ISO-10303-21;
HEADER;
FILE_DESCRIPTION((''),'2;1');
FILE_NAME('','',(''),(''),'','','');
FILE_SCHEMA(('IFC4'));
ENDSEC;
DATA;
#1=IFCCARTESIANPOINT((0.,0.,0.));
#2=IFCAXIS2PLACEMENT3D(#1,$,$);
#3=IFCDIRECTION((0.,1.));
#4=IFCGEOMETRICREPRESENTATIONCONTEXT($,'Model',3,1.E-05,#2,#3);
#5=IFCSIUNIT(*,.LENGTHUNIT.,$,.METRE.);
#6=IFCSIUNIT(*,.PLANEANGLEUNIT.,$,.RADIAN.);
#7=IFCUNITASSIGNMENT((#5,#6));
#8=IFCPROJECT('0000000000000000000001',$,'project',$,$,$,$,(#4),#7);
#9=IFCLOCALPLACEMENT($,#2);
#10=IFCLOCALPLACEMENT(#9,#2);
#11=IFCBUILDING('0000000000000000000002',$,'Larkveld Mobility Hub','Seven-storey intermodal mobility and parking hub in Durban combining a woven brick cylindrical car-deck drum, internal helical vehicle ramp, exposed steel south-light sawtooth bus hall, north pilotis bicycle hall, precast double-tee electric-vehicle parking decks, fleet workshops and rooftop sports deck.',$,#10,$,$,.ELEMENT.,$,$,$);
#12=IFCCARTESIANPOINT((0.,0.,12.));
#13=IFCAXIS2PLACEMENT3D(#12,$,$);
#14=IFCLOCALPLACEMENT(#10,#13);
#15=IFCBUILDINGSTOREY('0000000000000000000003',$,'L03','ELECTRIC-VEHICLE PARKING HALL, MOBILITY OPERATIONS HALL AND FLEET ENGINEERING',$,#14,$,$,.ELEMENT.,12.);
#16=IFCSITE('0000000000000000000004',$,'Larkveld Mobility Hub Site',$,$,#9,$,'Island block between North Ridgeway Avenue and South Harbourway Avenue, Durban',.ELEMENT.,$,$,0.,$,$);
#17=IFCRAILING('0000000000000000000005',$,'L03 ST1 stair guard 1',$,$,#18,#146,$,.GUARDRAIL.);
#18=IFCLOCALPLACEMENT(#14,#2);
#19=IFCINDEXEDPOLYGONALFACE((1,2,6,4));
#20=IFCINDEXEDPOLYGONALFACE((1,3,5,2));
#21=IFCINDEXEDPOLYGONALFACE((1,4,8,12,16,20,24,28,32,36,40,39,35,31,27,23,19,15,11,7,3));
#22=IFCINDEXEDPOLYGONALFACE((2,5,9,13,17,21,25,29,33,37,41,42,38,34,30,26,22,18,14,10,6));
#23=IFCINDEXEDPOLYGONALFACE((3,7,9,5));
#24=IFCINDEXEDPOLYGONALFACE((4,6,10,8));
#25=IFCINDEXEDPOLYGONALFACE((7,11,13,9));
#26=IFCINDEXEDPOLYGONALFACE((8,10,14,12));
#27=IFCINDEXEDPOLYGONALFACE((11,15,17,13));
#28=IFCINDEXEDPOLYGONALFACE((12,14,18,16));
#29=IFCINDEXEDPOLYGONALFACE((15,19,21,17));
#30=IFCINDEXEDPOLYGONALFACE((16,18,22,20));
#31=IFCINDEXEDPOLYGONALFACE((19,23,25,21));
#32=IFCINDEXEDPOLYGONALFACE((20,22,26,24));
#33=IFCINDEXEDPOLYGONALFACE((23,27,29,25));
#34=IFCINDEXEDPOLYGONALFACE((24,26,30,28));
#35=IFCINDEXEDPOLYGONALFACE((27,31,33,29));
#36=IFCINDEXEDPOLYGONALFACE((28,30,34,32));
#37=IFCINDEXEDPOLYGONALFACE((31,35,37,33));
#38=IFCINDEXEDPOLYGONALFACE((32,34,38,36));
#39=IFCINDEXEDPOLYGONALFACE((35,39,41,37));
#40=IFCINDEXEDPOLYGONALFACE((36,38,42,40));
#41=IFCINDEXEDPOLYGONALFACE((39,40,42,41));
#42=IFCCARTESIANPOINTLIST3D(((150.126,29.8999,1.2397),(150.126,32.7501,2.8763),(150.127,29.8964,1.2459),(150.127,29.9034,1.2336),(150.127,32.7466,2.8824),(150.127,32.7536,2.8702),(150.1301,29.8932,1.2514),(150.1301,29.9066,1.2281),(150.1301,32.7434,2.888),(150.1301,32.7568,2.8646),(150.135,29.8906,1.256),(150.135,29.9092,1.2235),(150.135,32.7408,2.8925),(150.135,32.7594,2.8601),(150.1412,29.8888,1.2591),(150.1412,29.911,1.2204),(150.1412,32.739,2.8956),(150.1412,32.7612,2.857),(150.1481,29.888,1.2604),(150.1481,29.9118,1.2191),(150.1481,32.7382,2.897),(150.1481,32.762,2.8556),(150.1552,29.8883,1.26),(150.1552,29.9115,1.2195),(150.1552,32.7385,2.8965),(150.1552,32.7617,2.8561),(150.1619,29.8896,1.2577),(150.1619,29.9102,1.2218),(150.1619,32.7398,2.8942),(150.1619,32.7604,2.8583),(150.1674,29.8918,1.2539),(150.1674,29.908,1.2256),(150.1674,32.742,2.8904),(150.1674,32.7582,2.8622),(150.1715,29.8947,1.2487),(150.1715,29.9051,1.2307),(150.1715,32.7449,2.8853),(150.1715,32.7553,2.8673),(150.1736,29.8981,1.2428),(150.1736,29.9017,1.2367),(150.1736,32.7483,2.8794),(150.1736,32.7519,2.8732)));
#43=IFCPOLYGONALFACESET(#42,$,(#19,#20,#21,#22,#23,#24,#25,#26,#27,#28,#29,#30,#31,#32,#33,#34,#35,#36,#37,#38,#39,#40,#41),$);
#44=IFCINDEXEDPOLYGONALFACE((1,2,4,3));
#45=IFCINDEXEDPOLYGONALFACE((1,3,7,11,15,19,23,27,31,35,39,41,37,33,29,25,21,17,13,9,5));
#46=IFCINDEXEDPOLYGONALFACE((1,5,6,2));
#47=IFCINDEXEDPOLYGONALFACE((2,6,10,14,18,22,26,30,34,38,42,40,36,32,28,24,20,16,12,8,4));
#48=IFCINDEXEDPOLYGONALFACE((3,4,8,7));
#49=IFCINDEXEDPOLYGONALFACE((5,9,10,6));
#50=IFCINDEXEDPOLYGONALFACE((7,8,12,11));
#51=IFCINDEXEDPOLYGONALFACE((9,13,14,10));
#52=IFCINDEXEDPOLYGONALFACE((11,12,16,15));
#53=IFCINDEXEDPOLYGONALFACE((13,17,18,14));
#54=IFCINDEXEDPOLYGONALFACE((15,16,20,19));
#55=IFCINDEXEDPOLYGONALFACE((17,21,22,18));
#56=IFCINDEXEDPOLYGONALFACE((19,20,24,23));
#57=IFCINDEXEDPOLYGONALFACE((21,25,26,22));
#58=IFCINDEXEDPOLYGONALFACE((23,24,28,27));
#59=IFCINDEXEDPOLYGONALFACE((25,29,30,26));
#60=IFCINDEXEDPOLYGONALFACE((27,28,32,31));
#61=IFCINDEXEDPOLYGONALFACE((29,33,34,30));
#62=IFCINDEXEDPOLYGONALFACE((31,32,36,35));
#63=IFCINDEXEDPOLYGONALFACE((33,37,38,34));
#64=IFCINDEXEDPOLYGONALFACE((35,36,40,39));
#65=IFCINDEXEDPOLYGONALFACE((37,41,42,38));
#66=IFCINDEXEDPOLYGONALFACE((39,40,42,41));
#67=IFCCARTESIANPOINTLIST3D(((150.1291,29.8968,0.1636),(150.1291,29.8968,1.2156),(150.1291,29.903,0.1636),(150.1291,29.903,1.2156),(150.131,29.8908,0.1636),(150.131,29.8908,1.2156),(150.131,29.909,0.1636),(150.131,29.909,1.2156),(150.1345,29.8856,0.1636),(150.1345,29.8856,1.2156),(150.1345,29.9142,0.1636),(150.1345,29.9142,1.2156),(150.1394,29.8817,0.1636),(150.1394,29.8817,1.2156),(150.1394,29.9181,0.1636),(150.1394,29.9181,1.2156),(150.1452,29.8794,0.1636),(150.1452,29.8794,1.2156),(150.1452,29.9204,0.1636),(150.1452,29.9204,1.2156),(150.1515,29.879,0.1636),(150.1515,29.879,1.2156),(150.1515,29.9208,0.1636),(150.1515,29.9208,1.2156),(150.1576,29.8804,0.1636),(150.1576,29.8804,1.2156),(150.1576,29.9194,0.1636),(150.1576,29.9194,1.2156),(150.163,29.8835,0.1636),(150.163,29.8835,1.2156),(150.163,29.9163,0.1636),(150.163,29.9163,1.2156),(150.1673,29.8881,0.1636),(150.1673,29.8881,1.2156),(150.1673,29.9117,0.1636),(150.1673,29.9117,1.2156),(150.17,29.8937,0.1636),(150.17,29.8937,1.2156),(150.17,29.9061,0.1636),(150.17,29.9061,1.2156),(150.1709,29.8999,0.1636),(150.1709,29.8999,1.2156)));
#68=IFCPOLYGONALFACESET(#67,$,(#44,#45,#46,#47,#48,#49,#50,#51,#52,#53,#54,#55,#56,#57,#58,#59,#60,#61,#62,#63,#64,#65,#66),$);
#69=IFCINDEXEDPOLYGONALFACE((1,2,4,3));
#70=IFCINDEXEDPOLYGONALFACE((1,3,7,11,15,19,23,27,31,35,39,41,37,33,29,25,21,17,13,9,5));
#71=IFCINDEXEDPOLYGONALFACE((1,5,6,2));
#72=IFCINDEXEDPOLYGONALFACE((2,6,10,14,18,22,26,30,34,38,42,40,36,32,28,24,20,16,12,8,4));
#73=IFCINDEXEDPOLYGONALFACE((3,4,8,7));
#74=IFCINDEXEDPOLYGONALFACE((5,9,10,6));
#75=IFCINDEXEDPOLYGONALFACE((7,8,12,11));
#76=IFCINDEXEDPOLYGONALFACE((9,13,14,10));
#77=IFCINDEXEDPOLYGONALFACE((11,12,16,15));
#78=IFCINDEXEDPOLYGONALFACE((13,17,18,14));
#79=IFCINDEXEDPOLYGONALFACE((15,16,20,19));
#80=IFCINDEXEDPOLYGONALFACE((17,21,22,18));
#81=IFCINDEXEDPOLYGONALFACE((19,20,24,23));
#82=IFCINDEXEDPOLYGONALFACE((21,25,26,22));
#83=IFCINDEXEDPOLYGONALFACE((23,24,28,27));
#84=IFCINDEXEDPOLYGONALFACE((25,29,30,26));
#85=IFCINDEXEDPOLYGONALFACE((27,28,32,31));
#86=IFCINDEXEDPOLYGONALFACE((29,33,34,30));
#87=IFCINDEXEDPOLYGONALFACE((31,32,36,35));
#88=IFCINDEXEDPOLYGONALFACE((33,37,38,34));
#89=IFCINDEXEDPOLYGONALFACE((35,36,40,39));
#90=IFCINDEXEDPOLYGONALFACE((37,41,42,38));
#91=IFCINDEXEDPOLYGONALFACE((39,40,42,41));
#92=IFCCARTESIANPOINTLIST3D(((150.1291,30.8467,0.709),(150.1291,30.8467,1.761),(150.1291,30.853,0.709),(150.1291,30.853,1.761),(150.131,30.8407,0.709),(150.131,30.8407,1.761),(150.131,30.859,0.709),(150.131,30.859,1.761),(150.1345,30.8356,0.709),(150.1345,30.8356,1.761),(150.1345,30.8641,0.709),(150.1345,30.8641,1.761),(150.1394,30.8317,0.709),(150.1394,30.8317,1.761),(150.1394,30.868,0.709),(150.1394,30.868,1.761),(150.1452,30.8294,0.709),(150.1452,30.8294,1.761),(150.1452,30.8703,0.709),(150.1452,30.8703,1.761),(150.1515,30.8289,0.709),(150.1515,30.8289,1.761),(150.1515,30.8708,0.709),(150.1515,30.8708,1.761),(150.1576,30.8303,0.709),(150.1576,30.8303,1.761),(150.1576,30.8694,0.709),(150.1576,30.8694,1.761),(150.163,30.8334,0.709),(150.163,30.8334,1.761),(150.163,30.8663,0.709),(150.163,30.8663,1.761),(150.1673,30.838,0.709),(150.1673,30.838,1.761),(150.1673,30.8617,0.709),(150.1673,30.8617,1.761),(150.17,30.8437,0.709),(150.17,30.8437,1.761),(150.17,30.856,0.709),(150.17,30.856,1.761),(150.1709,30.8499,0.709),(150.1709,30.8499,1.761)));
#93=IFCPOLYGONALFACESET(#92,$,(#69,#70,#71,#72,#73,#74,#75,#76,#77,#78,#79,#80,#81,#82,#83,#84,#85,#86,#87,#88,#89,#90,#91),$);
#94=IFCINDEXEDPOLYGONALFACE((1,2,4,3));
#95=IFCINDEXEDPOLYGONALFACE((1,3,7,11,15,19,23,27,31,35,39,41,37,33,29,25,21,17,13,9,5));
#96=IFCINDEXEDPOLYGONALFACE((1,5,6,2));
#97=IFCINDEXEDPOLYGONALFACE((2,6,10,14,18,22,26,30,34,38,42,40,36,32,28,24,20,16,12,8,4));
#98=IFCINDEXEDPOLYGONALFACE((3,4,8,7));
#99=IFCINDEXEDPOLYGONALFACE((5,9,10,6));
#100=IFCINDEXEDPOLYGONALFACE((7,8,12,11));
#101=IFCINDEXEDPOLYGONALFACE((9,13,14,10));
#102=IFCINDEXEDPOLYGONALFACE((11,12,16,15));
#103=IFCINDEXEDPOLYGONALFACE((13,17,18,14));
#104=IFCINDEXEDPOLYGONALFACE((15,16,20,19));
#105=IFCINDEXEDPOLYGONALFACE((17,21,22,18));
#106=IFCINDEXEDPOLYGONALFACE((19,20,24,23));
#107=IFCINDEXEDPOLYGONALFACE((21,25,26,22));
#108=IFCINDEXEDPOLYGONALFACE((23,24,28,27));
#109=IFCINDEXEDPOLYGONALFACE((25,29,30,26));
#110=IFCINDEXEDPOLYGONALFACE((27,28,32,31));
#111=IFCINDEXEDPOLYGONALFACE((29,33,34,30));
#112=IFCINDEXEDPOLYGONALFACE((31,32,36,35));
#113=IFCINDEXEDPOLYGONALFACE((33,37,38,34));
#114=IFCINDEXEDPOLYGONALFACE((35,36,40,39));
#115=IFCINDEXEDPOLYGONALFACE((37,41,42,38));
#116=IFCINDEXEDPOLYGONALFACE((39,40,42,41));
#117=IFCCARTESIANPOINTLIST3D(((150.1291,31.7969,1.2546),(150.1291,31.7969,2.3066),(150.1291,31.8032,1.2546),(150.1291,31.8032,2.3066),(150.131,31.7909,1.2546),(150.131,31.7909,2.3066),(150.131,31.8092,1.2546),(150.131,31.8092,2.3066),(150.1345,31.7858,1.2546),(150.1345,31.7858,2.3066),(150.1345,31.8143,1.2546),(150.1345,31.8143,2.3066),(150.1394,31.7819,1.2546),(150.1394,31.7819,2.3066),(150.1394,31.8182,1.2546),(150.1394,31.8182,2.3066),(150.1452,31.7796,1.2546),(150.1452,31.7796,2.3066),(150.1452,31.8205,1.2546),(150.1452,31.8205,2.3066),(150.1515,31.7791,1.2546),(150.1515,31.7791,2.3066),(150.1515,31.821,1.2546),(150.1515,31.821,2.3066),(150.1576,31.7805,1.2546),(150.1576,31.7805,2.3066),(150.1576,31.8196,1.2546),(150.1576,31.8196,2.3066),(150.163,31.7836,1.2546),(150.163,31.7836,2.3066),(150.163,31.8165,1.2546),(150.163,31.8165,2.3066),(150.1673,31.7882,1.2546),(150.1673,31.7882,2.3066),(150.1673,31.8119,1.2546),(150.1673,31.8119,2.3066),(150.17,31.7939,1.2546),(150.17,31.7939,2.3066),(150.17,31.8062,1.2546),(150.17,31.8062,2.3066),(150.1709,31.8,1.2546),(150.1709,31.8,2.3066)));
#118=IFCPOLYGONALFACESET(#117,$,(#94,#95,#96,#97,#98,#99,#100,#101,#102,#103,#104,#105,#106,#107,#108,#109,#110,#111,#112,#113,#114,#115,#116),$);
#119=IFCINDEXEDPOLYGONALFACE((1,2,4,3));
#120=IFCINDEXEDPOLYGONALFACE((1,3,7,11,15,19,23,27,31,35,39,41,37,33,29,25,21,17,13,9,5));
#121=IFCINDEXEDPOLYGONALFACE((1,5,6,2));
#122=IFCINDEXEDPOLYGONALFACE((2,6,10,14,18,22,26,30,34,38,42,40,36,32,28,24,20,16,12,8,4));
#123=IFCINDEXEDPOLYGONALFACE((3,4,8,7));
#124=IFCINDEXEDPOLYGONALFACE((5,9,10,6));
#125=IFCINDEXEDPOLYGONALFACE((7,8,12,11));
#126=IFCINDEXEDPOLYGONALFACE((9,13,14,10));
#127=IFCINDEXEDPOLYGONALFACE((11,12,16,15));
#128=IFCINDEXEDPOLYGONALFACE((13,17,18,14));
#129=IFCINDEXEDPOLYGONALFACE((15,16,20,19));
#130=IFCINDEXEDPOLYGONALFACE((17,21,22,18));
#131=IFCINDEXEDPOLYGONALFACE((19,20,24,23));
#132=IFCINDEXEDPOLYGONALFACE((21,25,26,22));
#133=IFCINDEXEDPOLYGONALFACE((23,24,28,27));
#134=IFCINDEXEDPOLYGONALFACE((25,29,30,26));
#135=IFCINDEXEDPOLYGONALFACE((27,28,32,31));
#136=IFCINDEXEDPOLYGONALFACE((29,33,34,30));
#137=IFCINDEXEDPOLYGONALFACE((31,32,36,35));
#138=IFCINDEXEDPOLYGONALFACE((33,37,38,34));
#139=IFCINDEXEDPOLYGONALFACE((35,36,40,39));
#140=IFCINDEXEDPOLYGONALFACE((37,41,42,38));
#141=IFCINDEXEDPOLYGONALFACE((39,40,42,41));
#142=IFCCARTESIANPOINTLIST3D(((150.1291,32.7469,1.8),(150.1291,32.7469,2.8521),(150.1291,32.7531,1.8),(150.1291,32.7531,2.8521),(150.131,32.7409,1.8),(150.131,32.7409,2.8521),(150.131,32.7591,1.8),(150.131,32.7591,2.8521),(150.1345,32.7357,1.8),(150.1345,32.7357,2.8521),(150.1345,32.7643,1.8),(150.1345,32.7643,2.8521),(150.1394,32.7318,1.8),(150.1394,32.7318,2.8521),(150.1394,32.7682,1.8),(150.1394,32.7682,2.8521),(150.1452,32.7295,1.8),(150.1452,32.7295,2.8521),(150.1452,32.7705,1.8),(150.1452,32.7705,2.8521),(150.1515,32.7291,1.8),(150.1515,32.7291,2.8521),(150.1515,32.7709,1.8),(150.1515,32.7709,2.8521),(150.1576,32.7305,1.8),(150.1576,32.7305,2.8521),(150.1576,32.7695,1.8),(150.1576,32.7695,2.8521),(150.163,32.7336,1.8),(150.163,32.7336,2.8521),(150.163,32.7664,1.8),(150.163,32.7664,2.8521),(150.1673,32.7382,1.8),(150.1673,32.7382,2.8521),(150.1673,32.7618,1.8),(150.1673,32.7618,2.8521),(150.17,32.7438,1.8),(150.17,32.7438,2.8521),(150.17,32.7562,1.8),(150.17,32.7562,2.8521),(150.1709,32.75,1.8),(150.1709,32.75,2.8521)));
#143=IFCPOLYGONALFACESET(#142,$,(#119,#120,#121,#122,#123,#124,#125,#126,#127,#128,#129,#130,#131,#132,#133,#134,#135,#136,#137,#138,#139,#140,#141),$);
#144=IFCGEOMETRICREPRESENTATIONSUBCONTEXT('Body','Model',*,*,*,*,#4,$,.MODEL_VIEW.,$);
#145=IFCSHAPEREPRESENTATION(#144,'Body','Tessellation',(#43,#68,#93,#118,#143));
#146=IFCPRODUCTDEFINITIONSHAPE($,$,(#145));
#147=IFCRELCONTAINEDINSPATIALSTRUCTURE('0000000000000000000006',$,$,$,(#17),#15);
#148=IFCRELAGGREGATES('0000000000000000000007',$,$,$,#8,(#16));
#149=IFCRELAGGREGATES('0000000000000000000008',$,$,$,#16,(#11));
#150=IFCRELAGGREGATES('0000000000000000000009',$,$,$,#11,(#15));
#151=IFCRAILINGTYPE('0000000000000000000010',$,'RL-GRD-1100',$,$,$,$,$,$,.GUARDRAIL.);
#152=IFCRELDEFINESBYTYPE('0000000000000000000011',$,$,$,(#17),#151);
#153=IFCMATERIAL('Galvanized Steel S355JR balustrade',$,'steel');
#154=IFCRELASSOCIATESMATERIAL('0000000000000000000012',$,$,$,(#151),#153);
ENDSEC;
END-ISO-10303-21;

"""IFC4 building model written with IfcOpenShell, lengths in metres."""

from ifc_helpers import new_model, si_unit, direction, frame, origin, origin_2d, place, context, subcontext, project, spatial, circle, extrude, material, type_object, element, save


model = new_model("IFC4")

# Units and contexts
model_context = context("Model", 3, precision=1e-05, world=origin(), true_north=direction((0.0, 1.0)))
body_context = subcontext(model_context, "Body", "Model", "MODEL_VIEW")
ifc_project = project(units=[si_unit("LENGTHUNIT", "METRE"), si_unit("PLANEANGLEUNIT", "RADIAN")], contexts=[model_context])

# Site, building, storey
site_placement = place(None, origin())
site = spatial("IfcSite", under=ifc_project, at=site_placement, Name="Larkveld Mobility Hub Site", LongName="Island block between North Ridgeway Avenue and South Harbourway Avenue, Durban", CompositionType="ELEMENT", RefElevation=0.0)
building_placement = place(site_placement, origin())
building = spatial("IfcBuilding", under=site, at=building_placement, Name="Larkveld Mobility Hub", Description="Seven-storey intermodal mobility and parking hub in Durban combining a woven brick cylindrical car-deck drum, internal helical vehicle ramp, exposed steel south-light sawtooth bus hall, north pilotis bicycle hall, precast double-tee electric-vehicle parking decks, fleet workshops and rooftop sports deck.", CompositionType="ELEMENT")
storey_placement = place(building_placement, frame((0.0, 0.0, 12.0)))
storey = spatial("IfcBuildingStorey", under=building, at=storey_placement, Name="L03", Description="ELECTRIC-VEHICLE PARKING HALL, MOBILITY OPERATIONS HALL AND FLEET ENGINEERING", CompositionType="ELEMENT", Elevation=12.0)

# Railing
ifc_material_1 = material(Name="Galvanized Steel S355JR balustrade", Category="steel")
railing_type_1 = type_object("IfcRailingType", Name="RL-GRD-1100", PredefinedType="GUARDRAIL", material=ifc_material_1)
railing_1_placement = place(storey_placement, frame((150.1499, 29.8999, 0.1636)))
element("IfcRailing", 1, at=railing_1_placement, inside=storey, type_object=railing_type_1, Name="L03 ST1 stair guard 1", PredefinedType="GUARDRAIL", context=body_context, shape_type="SweptSolid", body=[
    extrude(circle(Radius=0.0239, at=origin_2d()), frame((0.0, 0.0, 1.0762), z_axis=(0.0, 0.867213, 0.497938), x_axis=(-1.0, 0.0, 0.0)), (0.0, 0.0, 1.0), 3.2866),
    extrude(circle(Radius=0.021, at=origin_2d()), origin(), (0.0, 0.0, 1.0), 1.052),
    extrude(circle(Radius=0.021, at=origin_2d()), frame((0.0, 0.95, 0.5454)), (0.0, 0.0, 1.0), 1.052),
    extrude(circle(Radius=0.021, at=origin_2d()), frame((0.0, 1.9001, 1.0911)), (0.0, 0.0, 1.0), 1.052),
    extrude(circle(Radius=0.021, at=origin_2d()), frame((0.0, 2.8501, 1.6365)), (0.0, 0.0, 1.0), 1.052),
])

save(model, "model.ifc")
